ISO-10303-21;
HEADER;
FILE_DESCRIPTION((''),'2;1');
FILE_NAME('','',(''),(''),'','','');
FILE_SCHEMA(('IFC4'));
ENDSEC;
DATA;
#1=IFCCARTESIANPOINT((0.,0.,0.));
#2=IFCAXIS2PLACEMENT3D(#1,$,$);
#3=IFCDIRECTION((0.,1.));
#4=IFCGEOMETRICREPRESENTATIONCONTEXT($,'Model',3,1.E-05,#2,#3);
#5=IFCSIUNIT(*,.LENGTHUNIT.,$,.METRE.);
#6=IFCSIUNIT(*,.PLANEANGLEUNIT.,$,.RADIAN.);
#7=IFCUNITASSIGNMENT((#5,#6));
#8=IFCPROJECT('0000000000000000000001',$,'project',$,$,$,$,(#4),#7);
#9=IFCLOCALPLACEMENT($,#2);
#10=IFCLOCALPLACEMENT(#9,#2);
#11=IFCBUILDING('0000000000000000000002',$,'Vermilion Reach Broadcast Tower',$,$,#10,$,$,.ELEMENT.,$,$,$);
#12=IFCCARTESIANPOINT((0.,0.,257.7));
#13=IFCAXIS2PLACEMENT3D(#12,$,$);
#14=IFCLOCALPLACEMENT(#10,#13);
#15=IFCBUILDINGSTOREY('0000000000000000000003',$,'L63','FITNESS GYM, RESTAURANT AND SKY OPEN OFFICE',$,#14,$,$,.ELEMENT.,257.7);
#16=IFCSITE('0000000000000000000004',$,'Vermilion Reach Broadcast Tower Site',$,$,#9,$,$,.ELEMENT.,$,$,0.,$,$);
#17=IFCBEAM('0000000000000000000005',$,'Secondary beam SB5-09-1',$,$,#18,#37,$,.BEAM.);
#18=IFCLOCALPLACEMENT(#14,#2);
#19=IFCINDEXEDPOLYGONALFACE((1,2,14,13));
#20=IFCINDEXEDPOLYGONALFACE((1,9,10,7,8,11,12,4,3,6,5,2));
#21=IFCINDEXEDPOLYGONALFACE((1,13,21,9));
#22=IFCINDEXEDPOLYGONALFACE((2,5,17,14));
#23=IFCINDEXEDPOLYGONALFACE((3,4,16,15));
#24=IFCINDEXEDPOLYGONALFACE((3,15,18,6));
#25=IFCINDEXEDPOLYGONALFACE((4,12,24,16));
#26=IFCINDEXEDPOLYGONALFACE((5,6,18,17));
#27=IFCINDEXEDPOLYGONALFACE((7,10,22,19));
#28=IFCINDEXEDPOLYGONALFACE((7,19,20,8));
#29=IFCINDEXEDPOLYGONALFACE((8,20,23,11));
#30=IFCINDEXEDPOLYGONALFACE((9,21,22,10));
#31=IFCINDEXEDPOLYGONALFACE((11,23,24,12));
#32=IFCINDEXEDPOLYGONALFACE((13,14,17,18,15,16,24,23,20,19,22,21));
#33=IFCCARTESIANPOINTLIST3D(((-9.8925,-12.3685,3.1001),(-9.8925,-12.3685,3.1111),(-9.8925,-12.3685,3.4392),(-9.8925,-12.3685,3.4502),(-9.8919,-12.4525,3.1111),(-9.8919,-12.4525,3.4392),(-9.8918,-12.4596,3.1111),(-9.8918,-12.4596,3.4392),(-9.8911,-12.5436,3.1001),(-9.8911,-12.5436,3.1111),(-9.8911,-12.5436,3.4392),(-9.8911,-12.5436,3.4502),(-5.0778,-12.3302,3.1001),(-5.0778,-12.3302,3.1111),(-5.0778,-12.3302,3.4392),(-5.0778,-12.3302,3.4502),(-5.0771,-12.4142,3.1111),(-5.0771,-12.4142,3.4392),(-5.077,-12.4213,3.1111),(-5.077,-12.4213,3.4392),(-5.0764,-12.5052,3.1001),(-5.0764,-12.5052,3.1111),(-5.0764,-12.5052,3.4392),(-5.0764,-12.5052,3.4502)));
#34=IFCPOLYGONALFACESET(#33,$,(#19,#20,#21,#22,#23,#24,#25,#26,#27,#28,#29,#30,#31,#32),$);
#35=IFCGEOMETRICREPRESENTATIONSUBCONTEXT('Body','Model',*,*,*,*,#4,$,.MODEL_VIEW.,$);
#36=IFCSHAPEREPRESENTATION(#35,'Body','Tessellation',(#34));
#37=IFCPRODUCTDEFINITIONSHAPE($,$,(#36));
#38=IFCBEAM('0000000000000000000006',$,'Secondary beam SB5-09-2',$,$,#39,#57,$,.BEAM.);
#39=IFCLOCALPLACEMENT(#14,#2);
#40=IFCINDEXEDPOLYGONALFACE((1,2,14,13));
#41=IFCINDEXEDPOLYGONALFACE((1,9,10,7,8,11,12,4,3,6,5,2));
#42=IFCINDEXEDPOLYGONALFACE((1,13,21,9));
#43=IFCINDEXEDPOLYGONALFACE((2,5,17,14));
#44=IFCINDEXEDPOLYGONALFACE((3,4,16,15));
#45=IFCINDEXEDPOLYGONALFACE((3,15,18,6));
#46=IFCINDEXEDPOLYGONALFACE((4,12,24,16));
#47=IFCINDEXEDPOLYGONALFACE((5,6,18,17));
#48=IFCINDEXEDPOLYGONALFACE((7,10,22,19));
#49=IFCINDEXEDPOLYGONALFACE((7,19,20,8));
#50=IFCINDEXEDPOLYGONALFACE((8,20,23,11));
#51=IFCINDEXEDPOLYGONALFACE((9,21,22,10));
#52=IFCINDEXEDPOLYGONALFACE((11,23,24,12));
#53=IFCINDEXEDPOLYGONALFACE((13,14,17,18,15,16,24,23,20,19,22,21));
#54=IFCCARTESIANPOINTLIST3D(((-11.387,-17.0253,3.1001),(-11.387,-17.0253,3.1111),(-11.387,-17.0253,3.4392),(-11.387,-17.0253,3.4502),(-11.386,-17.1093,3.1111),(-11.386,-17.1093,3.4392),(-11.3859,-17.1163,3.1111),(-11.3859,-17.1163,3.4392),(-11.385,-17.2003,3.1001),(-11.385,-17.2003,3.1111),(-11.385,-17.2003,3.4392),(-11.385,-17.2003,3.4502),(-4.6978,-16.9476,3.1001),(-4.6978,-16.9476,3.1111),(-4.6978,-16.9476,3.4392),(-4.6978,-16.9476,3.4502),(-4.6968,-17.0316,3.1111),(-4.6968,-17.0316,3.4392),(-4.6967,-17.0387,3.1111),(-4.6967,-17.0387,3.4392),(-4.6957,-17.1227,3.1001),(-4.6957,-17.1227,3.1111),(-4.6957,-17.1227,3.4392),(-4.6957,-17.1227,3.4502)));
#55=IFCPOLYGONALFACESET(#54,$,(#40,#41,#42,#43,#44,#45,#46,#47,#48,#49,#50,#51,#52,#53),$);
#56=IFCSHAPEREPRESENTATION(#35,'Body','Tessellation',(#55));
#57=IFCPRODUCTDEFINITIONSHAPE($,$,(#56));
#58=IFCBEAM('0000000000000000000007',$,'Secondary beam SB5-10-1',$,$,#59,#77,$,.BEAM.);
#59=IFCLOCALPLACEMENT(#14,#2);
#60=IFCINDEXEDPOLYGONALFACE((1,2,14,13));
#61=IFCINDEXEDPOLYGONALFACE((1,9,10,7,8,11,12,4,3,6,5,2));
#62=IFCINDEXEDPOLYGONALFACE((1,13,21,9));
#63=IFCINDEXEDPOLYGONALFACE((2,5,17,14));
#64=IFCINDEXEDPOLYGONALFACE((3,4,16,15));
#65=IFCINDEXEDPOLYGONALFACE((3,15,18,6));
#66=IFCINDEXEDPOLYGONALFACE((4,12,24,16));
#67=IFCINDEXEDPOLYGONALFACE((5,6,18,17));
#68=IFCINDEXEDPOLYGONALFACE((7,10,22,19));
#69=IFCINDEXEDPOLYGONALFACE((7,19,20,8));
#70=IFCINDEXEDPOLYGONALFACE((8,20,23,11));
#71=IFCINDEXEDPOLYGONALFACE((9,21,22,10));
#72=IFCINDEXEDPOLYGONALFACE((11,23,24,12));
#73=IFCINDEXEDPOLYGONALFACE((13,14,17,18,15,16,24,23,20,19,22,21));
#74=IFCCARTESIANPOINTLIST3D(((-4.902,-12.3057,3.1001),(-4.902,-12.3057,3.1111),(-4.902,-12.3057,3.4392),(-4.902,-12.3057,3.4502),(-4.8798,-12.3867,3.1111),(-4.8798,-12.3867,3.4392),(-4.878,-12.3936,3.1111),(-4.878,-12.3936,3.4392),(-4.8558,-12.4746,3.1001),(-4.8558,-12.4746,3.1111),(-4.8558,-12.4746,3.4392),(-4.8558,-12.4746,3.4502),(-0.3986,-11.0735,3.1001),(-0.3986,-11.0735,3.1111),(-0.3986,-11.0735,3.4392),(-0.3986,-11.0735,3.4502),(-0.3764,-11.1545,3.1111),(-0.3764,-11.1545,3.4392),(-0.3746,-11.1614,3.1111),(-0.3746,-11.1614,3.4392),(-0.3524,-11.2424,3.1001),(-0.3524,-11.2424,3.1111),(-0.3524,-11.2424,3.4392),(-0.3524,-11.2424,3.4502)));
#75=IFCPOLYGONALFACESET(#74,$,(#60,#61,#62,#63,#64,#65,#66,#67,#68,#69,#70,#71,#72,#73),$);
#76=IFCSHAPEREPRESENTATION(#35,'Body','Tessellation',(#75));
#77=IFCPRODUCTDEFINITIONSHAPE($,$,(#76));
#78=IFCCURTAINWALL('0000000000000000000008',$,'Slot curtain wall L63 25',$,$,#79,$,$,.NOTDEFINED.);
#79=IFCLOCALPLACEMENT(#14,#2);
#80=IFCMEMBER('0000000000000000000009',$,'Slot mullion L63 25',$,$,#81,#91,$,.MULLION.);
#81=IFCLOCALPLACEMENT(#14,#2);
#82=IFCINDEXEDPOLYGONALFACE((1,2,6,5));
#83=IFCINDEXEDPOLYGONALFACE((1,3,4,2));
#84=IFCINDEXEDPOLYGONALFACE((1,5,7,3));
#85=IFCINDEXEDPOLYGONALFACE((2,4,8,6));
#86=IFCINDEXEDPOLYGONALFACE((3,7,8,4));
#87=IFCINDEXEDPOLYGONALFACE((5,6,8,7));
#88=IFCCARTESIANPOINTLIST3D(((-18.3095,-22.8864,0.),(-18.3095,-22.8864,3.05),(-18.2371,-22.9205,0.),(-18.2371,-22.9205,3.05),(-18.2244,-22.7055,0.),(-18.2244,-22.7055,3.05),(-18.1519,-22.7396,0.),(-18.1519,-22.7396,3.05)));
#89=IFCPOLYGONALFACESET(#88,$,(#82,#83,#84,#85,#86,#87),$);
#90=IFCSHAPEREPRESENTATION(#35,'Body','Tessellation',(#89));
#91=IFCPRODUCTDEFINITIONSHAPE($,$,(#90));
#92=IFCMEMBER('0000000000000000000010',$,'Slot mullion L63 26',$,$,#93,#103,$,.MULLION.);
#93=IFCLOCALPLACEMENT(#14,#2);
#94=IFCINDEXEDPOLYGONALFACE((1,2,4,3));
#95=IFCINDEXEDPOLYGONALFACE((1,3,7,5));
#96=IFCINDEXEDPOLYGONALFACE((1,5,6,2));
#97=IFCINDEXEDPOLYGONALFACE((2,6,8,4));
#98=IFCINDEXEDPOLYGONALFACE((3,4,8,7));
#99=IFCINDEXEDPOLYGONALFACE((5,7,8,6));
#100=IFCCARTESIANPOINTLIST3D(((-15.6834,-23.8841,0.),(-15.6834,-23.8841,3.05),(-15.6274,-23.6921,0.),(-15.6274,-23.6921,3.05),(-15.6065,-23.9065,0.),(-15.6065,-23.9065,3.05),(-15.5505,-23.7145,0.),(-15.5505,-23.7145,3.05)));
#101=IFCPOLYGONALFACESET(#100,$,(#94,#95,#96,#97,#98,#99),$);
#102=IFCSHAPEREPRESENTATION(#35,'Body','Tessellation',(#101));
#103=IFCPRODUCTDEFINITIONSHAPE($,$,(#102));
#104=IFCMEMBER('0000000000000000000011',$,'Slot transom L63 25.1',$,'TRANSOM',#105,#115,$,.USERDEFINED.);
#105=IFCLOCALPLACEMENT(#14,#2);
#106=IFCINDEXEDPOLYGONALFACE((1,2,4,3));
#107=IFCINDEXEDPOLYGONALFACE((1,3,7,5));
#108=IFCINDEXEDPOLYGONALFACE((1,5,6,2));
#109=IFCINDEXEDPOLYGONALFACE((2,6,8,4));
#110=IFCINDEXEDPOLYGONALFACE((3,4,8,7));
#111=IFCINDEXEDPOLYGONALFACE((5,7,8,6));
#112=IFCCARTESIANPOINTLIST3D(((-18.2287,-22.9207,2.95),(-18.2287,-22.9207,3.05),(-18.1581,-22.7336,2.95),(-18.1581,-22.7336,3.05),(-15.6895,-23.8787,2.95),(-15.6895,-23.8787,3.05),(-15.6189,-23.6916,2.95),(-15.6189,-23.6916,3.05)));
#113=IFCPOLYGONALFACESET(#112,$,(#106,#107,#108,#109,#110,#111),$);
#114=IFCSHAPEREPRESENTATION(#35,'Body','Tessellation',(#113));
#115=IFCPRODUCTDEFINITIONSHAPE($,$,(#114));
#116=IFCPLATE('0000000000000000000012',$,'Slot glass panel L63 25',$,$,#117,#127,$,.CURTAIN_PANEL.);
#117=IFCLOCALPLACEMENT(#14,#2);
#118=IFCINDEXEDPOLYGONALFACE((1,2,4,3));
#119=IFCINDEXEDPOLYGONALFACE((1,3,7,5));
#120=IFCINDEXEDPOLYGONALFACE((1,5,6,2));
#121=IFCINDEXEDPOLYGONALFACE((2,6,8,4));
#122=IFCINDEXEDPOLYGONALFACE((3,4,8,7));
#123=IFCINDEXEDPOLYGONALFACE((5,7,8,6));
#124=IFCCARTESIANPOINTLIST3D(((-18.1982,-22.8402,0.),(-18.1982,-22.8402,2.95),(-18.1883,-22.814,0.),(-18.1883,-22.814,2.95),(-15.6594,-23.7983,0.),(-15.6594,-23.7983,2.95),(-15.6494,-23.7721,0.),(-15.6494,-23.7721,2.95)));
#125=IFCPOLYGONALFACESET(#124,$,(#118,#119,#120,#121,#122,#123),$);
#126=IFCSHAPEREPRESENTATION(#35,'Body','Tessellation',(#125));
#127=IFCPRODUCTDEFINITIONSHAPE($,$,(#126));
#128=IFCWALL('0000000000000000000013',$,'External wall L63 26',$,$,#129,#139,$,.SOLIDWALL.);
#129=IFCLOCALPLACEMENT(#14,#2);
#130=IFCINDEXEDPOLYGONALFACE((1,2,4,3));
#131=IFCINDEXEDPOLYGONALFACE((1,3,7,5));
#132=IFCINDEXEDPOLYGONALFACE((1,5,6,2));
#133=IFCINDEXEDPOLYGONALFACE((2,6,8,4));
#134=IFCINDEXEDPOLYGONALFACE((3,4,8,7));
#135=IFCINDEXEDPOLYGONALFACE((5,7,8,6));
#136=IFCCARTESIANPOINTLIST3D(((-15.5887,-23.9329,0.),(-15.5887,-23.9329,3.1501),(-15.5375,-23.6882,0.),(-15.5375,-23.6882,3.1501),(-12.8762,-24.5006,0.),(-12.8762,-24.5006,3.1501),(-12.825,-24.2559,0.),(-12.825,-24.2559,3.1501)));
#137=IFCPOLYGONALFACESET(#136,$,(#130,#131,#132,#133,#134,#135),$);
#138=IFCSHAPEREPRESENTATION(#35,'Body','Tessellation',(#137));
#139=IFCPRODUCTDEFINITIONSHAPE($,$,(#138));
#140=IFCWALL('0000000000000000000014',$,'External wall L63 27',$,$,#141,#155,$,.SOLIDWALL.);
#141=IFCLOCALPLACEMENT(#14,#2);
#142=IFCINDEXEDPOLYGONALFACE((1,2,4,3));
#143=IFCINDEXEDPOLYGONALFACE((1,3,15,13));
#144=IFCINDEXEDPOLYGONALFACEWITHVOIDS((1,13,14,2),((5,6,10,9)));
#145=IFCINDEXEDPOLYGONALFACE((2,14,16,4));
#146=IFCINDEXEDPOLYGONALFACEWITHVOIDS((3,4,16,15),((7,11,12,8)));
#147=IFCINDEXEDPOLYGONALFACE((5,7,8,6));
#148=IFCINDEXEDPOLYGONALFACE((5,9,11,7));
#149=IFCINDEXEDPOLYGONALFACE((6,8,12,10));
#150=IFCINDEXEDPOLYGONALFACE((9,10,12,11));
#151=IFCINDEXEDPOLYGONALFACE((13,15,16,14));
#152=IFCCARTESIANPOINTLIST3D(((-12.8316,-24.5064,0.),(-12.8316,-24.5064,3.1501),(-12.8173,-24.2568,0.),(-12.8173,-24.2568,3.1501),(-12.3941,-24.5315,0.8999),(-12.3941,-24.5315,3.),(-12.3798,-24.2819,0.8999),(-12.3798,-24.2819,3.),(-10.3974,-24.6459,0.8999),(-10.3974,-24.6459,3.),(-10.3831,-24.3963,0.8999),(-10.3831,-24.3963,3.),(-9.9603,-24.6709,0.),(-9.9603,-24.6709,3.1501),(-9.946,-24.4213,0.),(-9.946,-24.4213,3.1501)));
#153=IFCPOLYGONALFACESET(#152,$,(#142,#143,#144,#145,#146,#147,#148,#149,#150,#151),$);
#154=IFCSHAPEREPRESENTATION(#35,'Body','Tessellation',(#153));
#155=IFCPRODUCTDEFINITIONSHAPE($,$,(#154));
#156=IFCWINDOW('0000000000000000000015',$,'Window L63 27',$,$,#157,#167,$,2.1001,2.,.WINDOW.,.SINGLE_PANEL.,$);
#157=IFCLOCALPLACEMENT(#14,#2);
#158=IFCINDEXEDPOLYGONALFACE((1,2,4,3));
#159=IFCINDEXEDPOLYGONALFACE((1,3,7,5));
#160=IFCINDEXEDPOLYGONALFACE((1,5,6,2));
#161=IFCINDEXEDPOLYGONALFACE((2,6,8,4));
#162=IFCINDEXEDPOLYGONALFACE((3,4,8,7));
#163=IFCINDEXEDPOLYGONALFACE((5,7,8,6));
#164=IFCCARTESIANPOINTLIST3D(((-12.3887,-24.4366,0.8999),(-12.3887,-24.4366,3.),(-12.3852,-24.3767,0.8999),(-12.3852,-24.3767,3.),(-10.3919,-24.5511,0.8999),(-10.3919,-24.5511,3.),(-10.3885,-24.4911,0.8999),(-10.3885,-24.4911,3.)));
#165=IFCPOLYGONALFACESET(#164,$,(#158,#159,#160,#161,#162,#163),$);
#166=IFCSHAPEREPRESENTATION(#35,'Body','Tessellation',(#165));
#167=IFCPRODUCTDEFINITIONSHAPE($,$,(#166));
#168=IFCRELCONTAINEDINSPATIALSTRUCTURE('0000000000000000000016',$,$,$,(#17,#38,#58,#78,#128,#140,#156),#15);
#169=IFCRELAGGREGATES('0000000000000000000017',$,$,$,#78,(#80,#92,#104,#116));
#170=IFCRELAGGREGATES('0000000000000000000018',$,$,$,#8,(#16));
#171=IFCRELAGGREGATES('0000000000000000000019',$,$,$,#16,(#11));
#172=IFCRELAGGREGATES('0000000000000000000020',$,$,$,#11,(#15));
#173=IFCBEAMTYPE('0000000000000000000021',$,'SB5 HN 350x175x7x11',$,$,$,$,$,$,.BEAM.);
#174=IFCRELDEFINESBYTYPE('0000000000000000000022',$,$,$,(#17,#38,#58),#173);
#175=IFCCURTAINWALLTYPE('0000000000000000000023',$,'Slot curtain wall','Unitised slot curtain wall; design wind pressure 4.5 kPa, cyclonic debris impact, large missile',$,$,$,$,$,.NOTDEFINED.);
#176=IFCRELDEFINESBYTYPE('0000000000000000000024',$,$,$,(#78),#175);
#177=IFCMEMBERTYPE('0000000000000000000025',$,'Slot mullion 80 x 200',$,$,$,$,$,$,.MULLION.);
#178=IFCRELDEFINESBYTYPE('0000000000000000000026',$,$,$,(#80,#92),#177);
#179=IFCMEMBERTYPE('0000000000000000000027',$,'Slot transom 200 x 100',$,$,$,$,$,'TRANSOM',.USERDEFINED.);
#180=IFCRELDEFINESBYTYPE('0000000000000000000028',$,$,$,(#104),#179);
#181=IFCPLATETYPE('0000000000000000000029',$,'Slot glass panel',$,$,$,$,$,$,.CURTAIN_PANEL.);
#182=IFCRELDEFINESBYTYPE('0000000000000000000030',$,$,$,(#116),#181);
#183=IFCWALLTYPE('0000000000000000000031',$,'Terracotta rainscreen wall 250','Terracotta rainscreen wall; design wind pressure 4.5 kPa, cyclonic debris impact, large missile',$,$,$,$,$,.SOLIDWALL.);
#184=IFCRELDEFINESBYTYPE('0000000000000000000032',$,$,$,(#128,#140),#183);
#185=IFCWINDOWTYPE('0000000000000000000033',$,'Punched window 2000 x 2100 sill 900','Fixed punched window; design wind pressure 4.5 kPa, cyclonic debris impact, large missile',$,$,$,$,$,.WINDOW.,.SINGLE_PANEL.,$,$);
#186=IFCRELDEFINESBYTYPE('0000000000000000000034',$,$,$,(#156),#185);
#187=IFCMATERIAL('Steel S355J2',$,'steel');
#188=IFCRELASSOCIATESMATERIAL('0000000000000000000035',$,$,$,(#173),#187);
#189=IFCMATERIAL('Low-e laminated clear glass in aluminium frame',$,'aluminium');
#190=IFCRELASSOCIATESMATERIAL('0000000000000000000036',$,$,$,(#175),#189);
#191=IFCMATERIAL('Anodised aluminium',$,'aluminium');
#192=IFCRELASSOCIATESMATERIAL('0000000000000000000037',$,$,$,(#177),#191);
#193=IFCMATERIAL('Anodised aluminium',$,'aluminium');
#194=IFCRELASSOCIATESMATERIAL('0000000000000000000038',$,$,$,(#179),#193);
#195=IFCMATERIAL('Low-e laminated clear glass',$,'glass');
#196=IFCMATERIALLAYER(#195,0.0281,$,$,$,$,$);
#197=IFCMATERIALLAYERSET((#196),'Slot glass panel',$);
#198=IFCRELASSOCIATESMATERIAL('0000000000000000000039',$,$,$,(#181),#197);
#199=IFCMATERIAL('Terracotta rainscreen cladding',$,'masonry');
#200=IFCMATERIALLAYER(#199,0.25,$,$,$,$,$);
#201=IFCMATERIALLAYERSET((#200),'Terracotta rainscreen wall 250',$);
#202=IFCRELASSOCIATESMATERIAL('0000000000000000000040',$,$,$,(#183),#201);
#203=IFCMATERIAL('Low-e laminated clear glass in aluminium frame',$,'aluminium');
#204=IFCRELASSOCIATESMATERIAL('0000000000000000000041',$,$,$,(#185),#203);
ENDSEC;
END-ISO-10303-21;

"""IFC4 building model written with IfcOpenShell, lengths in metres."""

from ifc_helpers import new_model, si_unit, direction, frame, frame_2d, origin, origin_2d, place, context, subcontext, project, spatial, rectangle, i_section, extrude, material, layer, layer_set, material_profile, profile_set, type_object, element, fill, aggregate, save


model = new_model("IFC4")

# Units and contexts
model_context = context("Model", 3, precision=1e-05, world=origin(), true_north=direction((0.0, 1.0)))
body_context = subcontext(model_context, "Body", "Model", "MODEL_VIEW")
ifc_project = project(units=[si_unit("LENGTHUNIT", "METRE"), si_unit("PLANEANGLEUNIT", "RADIAN")], contexts=[model_context])

# Site, building, storey
site_placement = place(None, origin())
site = spatial("IfcSite", under=ifc_project, at=site_placement, Name="Vermilion Reach Broadcast Tower Site", CompositionType="ELEMENT", RefElevation=0.0)
building_placement = place(site_placement, origin())
building = spatial("IfcBuilding", under=site, at=building_placement, Name="Vermilion Reach Broadcast Tower", CompositionType="ELEMENT")
storey_placement = place(building_placement, frame((0.0, 0.0, 257.7)))
storey = spatial("IfcBuildingStorey", under=building, at=storey_placement, Name="L63", Description="FITNESS GYM, RESTAURANT AND SKY OPEN OFFICE", CompositionType="ELEMENT", Elevation=257.7)

# Beams
ifc_material_1 = material(Name="Steel S355J2", Category="steel")
ifc_material_profile_1 = material_profile(ifc_material_1, i_section(OverallWidth=0.175, OverallDepth=0.3501, WebThickness=0.0071, FlangeThickness=0.011, at=origin_2d()), Name="S355J2 HN 350x175x7x11")
ifc_profile_set_1 = profile_set([ifc_material_profile_1], Name="Steel S355J2")
beam_type_1 = type_object("IfcBeamType", Name="SB5 HN 350x175x7x11", PredefinedType="BEAM", material=ifc_profile_set_1)
beam_1_placement = place(storey_placement, frame((-9.8918, -12.4561, 3.2751), z_axis=(0.999968, 0.007961, 0.0), x_axis=(-0.007961, 0.999968, 0.0)))
element("IfcBeam", 1, at=beam_1_placement, inside=storey, type_object=beam_type_1, Name="Secondary beam SB5-09-1", PredefinedType="BEAM", context=body_context, shape_type="SweptSolid", body=[
    extrude(i_section(OverallWidth=0.175, OverallDepth=0.3501, WebThickness=0.0071, FlangeThickness=0.011, at=origin_2d()), origin(), (0.0, 0.0, 1.0), 4.8149),
])
beam_2_placement = place(storey_placement, frame((-11.386, -17.1128, 3.2751), z_axis=(0.999933, 0.011605, 0.0), x_axis=(-0.011605, 0.999933, 0.0)))
element("IfcBeam", 2, at=beam_2_placement, inside=storey, type_object=beam_type_1, Name="Secondary beam SB5-09-2", PredefinedType="BEAM", context=body_context, shape_type="SweptSolid", body=[
    extrude(i_section(OverallWidth=0.175, OverallDepth=0.3501, WebThickness=0.0071, FlangeThickness=0.011, at=origin_2d()), origin(), (0.0, 0.0, 1.0), 6.6897),
])
beam_3_placement = place(storey_placement, frame((-4.8789, -12.3901, 3.2751), z_axis=(0.964547, 0.263909, 0.0), x_axis=(-0.263909, 0.964547, 0.0)))
element("IfcBeam", 3, at=beam_3_placement, inside=storey, type_object=beam_type_1, Name="Secondary beam SB5-10-1", PredefinedType="BEAM", context=body_context, shape_type="SweptSolid", body=[
    extrude(i_section(OverallWidth=0.175, OverallDepth=0.3501, WebThickness=0.0071, FlangeThickness=0.011, at=origin_2d()), origin(), (0.0, 0.0, 1.0), 4.6689),
])

# Curtain wall, members, plate
ifc_material_2 = material(Name="Low-e laminated clear glass in aluminium frame", Category="aluminium")
curtain_wall_type = type_object("IfcCurtainWallType", Name="Slot curtain wall", Description="Unitised slot curtain wall; design wind pressure 4.5 kPa, cyclonic debris impact, large missile", PredefinedType="NOTDEFINED", material=ifc_material_2)
curtain_wall_placement = place(storey_placement, origin())
curtain_wall = element("IfcCurtainWall", 4, at=curtain_wall_placement, inside=storey, type_object=curtain_wall_type, Name="Slot curtain wall L63 25", PredefinedType="NOTDEFINED")
ifc_material_3 = material(Name="Anodised aluminium", Category="aluminium")
ifc_material_profile_2 = material_profile(ifc_material_3, rectangle(XDim=0.2, YDim=0.0801, at=origin_2d()), Name="Slot mullion 80 x 200")
ifc_profile_set_2 = profile_set([ifc_material_profile_2], Name="Anodised aluminium")
member_type_1 = type_object("IfcMemberType", Name="Slot mullion 80 x 200", PredefinedType="MULLION", material=ifc_profile_set_2)
member_1_placement = place(storey_placement, frame((-18.2307, -22.813, 0.0), z_axis=(0.0, 0.0, 1.0), x_axis=(0.425954, 0.904745, 0.0)))
member_1 = element("IfcMember", 5, at=member_1_placement, type_object=member_type_1, Name="Slot mullion L63 25", PredefinedType="MULLION", context=body_context, shape_type="SweptSolid", body=[
    extrude(rectangle(XDim=0.2, YDim=0.0801, at=origin_2d()), origin(), (0.0, 0.0, 1.0), 3.05),
])
member_2_placement = place(storey_placement, frame((-15.6169, -23.7993, 0.0), z_axis=(0.0, 0.0, 1.0), x_axis=(0.279771, 0.960067, 0.0)))
member_2 = element("IfcMember", 6, at=member_2_placement, type_object=member_type_1, Name="Slot mullion L63 26", PredefinedType="MULLION", context=body_context, shape_type="SweptSolid", body=[
    extrude(rectangle(XDim=0.2, YDim=0.0801, at=origin_2d()), origin(), (0.0, 0.0, 1.0), 3.05),
])
ifc_material_4 = material(Name="Anodised aluminium", Category="aluminium")
ifc_material_profile_3 = material_profile(ifc_material_4, rectangle(XDim=0.2, YDim=0.1001, at=origin_2d()), Name="Slot transom 200 x 100")
ifc_profile_set_3 = profile_set([ifc_material_profile_3], Name="Anodised aluminium")
member_type_2 = type_object("IfcMemberType", Name="Slot transom 200 x 100", ElementType="TRANSOM", PredefinedType="USERDEFINED", material=ifc_profile_set_3)
member_3_placement = place(storey_placement, frame((-18.1934, -22.8271, 3.0), z_axis=(0.935617, -0.353016, 0.0), x_axis=(0.353016, 0.935617, 0.0)))
member_3 = element("IfcMember", 7, at=member_3_placement, type_object=member_type_2, Name="Slot transom L63 25.1", ObjectType="TRANSOM", PredefinedType="USERDEFINED", context=body_context, shape_type="SweptSolid", body=[
    extrude(rectangle(XDim=0.2, YDim=0.1001, at=origin_2d()), origin(), (0.0, 0.0, 1.0), 2.7139),
])
ifc_material_5 = material(Name="Low-e laminated clear glass", Category="glass")
ifc_layer_1 = layer(ifc_material_5, 0.0281)
ifc_layer_set_1 = layer_set([ifc_layer_1], Name="Slot glass panel")
plate_type = type_object("IfcPlateType", Name="Slot glass panel", PredefinedType="CURTAIN_PANEL", material=ifc_layer_set_1)
plate_placement = place(storey_placement, frame((-16.9238, -23.3062, 0.0), z_axis=(0.0, 0.0, 1.0), x_axis=(0.935596, -0.353074, 0.0)))
plate = element("IfcPlate", 8, at=plate_placement, type_object=plate_type, Name="Slot glass panel L63 25", PredefinedType="CURTAIN_PANEL", context=body_context, shape_type="SweptSolid", body=[
    extrude(rectangle(XDim=2.7136, YDim=0.0281, at=origin_2d()), origin(), (0.0, 0.0, 1.0), 2.95),
])
aggregate(curtain_wall, [member_1, member_2, member_3, plate])

# Wall
ifc_material_6 = material(Name="Terracotta rainscreen cladding", Category="masonry")
ifc_layer_2 = layer(ifc_material_6, 0.25)
ifc_layer_set_2 = layer_set([ifc_layer_2], Name="Terracotta rainscreen wall 250")
wall_type = type_object("IfcWallType", Name="Terracotta rainscreen wall 250", Description="Terracotta rainscreen wall; design wind pressure 4.5 kPa, cyclonic debris impact, large missile", PredefinedType="SOLIDWALL", material=ifc_layer_set_2)
wall_1_placement = place(storey_placement, frame((-15.5632, -23.8105, 0.0), z_axis=(0.0, 0.0, 1.0), x_axis=(0.978797, -0.204834, 0.0)))
element("IfcWall", 9, at=wall_1_placement, inside=storey, type_object=wall_type, Name="External wall L63 26", PredefinedType="SOLIDWALL", context=body_context, shape_type="SweptSolid", body=[
    extrude(rectangle(XDim=2.7712, YDim=0.25, at=frame_2d((1.3857, 0.0))), origin(), (0.0, 0.0, 1.0), 3.1501),
])

# Wall, opening, window
wall_2_placement = place(storey_placement, frame((-12.8245, -24.3816, 0.0), z_axis=(0.0, 0.0, 1.0), x_axis=(0.998362, -0.057214, 0.0)))
wall_2 = element("IfcWall", 10, at=wall_2_placement, inside=storey, type_object=wall_type, Name="External wall L63 27", PredefinedType="SOLIDWALL", context=body_context, shape_type="SweptSolid", body=[
    extrude(rectangle(XDim=2.876, YDim=0.25, at=frame_2d((1.438, 0.0))), origin(), (0.0, 0.0, 1.0), 3.1501),
])
opening_1_placement = place(wall_2_placement, frame((0.4382, 0.0, 0.8999)))
opening_1 = element("IfcOpeningElement", 11, at=opening_1_placement, cuts=wall_2, PredefinedType="OPENING", context=body_context, shape_type="SweptSolid", body=[
    extrude(rectangle(XDim=2.0, YDim=2.1001, at=frame_2d((1.0, 1.05))), frame((0.0, 0.135, 0.0), z_axis=(0.0, -1.0, 0.0), x_axis=(1.0, 0.0, 0.0)), (0.0, 0.0, 1.0), 0.27),
])
ifc_material_7 = material(Name="Low-e laminated clear glass in aluminium frame", Category="aluminium")
window_type = type_object("IfcWindowType", Name="Punched window 2000 x 2100 sill 900", Description="Fixed punched window; design wind pressure 4.5 kPa, cyclonic debris impact, large missile", PartitioningType="SINGLE_PANEL", PredefinedType="WINDOW", material=ifc_material_7)
window_1_placement = place(opening_1_placement, origin())
window_1 = element("IfcWindow", 12, at=window_1_placement, inside=storey, type_object=window_type, Name="Window L63 27", OverallHeight=2.1001, OverallWidth=2.0, PartitioningType="SINGLE_PANEL", PredefinedType="WINDOW", context=body_context, shape_type="SweptSolid", body=[
    extrude(rectangle(XDim=2.0, YDim=2.1001, at=frame_2d((1.0, 1.05))), frame((0.0, 0.03, 0.0), z_axis=(0.0, -1.0, 0.0), x_axis=(1.0, 0.0, 0.0)), (0.0, 0.0, 1.0), 0.0601),
])
fill(opening_1, window_1)

save(model, "model.ifc")
